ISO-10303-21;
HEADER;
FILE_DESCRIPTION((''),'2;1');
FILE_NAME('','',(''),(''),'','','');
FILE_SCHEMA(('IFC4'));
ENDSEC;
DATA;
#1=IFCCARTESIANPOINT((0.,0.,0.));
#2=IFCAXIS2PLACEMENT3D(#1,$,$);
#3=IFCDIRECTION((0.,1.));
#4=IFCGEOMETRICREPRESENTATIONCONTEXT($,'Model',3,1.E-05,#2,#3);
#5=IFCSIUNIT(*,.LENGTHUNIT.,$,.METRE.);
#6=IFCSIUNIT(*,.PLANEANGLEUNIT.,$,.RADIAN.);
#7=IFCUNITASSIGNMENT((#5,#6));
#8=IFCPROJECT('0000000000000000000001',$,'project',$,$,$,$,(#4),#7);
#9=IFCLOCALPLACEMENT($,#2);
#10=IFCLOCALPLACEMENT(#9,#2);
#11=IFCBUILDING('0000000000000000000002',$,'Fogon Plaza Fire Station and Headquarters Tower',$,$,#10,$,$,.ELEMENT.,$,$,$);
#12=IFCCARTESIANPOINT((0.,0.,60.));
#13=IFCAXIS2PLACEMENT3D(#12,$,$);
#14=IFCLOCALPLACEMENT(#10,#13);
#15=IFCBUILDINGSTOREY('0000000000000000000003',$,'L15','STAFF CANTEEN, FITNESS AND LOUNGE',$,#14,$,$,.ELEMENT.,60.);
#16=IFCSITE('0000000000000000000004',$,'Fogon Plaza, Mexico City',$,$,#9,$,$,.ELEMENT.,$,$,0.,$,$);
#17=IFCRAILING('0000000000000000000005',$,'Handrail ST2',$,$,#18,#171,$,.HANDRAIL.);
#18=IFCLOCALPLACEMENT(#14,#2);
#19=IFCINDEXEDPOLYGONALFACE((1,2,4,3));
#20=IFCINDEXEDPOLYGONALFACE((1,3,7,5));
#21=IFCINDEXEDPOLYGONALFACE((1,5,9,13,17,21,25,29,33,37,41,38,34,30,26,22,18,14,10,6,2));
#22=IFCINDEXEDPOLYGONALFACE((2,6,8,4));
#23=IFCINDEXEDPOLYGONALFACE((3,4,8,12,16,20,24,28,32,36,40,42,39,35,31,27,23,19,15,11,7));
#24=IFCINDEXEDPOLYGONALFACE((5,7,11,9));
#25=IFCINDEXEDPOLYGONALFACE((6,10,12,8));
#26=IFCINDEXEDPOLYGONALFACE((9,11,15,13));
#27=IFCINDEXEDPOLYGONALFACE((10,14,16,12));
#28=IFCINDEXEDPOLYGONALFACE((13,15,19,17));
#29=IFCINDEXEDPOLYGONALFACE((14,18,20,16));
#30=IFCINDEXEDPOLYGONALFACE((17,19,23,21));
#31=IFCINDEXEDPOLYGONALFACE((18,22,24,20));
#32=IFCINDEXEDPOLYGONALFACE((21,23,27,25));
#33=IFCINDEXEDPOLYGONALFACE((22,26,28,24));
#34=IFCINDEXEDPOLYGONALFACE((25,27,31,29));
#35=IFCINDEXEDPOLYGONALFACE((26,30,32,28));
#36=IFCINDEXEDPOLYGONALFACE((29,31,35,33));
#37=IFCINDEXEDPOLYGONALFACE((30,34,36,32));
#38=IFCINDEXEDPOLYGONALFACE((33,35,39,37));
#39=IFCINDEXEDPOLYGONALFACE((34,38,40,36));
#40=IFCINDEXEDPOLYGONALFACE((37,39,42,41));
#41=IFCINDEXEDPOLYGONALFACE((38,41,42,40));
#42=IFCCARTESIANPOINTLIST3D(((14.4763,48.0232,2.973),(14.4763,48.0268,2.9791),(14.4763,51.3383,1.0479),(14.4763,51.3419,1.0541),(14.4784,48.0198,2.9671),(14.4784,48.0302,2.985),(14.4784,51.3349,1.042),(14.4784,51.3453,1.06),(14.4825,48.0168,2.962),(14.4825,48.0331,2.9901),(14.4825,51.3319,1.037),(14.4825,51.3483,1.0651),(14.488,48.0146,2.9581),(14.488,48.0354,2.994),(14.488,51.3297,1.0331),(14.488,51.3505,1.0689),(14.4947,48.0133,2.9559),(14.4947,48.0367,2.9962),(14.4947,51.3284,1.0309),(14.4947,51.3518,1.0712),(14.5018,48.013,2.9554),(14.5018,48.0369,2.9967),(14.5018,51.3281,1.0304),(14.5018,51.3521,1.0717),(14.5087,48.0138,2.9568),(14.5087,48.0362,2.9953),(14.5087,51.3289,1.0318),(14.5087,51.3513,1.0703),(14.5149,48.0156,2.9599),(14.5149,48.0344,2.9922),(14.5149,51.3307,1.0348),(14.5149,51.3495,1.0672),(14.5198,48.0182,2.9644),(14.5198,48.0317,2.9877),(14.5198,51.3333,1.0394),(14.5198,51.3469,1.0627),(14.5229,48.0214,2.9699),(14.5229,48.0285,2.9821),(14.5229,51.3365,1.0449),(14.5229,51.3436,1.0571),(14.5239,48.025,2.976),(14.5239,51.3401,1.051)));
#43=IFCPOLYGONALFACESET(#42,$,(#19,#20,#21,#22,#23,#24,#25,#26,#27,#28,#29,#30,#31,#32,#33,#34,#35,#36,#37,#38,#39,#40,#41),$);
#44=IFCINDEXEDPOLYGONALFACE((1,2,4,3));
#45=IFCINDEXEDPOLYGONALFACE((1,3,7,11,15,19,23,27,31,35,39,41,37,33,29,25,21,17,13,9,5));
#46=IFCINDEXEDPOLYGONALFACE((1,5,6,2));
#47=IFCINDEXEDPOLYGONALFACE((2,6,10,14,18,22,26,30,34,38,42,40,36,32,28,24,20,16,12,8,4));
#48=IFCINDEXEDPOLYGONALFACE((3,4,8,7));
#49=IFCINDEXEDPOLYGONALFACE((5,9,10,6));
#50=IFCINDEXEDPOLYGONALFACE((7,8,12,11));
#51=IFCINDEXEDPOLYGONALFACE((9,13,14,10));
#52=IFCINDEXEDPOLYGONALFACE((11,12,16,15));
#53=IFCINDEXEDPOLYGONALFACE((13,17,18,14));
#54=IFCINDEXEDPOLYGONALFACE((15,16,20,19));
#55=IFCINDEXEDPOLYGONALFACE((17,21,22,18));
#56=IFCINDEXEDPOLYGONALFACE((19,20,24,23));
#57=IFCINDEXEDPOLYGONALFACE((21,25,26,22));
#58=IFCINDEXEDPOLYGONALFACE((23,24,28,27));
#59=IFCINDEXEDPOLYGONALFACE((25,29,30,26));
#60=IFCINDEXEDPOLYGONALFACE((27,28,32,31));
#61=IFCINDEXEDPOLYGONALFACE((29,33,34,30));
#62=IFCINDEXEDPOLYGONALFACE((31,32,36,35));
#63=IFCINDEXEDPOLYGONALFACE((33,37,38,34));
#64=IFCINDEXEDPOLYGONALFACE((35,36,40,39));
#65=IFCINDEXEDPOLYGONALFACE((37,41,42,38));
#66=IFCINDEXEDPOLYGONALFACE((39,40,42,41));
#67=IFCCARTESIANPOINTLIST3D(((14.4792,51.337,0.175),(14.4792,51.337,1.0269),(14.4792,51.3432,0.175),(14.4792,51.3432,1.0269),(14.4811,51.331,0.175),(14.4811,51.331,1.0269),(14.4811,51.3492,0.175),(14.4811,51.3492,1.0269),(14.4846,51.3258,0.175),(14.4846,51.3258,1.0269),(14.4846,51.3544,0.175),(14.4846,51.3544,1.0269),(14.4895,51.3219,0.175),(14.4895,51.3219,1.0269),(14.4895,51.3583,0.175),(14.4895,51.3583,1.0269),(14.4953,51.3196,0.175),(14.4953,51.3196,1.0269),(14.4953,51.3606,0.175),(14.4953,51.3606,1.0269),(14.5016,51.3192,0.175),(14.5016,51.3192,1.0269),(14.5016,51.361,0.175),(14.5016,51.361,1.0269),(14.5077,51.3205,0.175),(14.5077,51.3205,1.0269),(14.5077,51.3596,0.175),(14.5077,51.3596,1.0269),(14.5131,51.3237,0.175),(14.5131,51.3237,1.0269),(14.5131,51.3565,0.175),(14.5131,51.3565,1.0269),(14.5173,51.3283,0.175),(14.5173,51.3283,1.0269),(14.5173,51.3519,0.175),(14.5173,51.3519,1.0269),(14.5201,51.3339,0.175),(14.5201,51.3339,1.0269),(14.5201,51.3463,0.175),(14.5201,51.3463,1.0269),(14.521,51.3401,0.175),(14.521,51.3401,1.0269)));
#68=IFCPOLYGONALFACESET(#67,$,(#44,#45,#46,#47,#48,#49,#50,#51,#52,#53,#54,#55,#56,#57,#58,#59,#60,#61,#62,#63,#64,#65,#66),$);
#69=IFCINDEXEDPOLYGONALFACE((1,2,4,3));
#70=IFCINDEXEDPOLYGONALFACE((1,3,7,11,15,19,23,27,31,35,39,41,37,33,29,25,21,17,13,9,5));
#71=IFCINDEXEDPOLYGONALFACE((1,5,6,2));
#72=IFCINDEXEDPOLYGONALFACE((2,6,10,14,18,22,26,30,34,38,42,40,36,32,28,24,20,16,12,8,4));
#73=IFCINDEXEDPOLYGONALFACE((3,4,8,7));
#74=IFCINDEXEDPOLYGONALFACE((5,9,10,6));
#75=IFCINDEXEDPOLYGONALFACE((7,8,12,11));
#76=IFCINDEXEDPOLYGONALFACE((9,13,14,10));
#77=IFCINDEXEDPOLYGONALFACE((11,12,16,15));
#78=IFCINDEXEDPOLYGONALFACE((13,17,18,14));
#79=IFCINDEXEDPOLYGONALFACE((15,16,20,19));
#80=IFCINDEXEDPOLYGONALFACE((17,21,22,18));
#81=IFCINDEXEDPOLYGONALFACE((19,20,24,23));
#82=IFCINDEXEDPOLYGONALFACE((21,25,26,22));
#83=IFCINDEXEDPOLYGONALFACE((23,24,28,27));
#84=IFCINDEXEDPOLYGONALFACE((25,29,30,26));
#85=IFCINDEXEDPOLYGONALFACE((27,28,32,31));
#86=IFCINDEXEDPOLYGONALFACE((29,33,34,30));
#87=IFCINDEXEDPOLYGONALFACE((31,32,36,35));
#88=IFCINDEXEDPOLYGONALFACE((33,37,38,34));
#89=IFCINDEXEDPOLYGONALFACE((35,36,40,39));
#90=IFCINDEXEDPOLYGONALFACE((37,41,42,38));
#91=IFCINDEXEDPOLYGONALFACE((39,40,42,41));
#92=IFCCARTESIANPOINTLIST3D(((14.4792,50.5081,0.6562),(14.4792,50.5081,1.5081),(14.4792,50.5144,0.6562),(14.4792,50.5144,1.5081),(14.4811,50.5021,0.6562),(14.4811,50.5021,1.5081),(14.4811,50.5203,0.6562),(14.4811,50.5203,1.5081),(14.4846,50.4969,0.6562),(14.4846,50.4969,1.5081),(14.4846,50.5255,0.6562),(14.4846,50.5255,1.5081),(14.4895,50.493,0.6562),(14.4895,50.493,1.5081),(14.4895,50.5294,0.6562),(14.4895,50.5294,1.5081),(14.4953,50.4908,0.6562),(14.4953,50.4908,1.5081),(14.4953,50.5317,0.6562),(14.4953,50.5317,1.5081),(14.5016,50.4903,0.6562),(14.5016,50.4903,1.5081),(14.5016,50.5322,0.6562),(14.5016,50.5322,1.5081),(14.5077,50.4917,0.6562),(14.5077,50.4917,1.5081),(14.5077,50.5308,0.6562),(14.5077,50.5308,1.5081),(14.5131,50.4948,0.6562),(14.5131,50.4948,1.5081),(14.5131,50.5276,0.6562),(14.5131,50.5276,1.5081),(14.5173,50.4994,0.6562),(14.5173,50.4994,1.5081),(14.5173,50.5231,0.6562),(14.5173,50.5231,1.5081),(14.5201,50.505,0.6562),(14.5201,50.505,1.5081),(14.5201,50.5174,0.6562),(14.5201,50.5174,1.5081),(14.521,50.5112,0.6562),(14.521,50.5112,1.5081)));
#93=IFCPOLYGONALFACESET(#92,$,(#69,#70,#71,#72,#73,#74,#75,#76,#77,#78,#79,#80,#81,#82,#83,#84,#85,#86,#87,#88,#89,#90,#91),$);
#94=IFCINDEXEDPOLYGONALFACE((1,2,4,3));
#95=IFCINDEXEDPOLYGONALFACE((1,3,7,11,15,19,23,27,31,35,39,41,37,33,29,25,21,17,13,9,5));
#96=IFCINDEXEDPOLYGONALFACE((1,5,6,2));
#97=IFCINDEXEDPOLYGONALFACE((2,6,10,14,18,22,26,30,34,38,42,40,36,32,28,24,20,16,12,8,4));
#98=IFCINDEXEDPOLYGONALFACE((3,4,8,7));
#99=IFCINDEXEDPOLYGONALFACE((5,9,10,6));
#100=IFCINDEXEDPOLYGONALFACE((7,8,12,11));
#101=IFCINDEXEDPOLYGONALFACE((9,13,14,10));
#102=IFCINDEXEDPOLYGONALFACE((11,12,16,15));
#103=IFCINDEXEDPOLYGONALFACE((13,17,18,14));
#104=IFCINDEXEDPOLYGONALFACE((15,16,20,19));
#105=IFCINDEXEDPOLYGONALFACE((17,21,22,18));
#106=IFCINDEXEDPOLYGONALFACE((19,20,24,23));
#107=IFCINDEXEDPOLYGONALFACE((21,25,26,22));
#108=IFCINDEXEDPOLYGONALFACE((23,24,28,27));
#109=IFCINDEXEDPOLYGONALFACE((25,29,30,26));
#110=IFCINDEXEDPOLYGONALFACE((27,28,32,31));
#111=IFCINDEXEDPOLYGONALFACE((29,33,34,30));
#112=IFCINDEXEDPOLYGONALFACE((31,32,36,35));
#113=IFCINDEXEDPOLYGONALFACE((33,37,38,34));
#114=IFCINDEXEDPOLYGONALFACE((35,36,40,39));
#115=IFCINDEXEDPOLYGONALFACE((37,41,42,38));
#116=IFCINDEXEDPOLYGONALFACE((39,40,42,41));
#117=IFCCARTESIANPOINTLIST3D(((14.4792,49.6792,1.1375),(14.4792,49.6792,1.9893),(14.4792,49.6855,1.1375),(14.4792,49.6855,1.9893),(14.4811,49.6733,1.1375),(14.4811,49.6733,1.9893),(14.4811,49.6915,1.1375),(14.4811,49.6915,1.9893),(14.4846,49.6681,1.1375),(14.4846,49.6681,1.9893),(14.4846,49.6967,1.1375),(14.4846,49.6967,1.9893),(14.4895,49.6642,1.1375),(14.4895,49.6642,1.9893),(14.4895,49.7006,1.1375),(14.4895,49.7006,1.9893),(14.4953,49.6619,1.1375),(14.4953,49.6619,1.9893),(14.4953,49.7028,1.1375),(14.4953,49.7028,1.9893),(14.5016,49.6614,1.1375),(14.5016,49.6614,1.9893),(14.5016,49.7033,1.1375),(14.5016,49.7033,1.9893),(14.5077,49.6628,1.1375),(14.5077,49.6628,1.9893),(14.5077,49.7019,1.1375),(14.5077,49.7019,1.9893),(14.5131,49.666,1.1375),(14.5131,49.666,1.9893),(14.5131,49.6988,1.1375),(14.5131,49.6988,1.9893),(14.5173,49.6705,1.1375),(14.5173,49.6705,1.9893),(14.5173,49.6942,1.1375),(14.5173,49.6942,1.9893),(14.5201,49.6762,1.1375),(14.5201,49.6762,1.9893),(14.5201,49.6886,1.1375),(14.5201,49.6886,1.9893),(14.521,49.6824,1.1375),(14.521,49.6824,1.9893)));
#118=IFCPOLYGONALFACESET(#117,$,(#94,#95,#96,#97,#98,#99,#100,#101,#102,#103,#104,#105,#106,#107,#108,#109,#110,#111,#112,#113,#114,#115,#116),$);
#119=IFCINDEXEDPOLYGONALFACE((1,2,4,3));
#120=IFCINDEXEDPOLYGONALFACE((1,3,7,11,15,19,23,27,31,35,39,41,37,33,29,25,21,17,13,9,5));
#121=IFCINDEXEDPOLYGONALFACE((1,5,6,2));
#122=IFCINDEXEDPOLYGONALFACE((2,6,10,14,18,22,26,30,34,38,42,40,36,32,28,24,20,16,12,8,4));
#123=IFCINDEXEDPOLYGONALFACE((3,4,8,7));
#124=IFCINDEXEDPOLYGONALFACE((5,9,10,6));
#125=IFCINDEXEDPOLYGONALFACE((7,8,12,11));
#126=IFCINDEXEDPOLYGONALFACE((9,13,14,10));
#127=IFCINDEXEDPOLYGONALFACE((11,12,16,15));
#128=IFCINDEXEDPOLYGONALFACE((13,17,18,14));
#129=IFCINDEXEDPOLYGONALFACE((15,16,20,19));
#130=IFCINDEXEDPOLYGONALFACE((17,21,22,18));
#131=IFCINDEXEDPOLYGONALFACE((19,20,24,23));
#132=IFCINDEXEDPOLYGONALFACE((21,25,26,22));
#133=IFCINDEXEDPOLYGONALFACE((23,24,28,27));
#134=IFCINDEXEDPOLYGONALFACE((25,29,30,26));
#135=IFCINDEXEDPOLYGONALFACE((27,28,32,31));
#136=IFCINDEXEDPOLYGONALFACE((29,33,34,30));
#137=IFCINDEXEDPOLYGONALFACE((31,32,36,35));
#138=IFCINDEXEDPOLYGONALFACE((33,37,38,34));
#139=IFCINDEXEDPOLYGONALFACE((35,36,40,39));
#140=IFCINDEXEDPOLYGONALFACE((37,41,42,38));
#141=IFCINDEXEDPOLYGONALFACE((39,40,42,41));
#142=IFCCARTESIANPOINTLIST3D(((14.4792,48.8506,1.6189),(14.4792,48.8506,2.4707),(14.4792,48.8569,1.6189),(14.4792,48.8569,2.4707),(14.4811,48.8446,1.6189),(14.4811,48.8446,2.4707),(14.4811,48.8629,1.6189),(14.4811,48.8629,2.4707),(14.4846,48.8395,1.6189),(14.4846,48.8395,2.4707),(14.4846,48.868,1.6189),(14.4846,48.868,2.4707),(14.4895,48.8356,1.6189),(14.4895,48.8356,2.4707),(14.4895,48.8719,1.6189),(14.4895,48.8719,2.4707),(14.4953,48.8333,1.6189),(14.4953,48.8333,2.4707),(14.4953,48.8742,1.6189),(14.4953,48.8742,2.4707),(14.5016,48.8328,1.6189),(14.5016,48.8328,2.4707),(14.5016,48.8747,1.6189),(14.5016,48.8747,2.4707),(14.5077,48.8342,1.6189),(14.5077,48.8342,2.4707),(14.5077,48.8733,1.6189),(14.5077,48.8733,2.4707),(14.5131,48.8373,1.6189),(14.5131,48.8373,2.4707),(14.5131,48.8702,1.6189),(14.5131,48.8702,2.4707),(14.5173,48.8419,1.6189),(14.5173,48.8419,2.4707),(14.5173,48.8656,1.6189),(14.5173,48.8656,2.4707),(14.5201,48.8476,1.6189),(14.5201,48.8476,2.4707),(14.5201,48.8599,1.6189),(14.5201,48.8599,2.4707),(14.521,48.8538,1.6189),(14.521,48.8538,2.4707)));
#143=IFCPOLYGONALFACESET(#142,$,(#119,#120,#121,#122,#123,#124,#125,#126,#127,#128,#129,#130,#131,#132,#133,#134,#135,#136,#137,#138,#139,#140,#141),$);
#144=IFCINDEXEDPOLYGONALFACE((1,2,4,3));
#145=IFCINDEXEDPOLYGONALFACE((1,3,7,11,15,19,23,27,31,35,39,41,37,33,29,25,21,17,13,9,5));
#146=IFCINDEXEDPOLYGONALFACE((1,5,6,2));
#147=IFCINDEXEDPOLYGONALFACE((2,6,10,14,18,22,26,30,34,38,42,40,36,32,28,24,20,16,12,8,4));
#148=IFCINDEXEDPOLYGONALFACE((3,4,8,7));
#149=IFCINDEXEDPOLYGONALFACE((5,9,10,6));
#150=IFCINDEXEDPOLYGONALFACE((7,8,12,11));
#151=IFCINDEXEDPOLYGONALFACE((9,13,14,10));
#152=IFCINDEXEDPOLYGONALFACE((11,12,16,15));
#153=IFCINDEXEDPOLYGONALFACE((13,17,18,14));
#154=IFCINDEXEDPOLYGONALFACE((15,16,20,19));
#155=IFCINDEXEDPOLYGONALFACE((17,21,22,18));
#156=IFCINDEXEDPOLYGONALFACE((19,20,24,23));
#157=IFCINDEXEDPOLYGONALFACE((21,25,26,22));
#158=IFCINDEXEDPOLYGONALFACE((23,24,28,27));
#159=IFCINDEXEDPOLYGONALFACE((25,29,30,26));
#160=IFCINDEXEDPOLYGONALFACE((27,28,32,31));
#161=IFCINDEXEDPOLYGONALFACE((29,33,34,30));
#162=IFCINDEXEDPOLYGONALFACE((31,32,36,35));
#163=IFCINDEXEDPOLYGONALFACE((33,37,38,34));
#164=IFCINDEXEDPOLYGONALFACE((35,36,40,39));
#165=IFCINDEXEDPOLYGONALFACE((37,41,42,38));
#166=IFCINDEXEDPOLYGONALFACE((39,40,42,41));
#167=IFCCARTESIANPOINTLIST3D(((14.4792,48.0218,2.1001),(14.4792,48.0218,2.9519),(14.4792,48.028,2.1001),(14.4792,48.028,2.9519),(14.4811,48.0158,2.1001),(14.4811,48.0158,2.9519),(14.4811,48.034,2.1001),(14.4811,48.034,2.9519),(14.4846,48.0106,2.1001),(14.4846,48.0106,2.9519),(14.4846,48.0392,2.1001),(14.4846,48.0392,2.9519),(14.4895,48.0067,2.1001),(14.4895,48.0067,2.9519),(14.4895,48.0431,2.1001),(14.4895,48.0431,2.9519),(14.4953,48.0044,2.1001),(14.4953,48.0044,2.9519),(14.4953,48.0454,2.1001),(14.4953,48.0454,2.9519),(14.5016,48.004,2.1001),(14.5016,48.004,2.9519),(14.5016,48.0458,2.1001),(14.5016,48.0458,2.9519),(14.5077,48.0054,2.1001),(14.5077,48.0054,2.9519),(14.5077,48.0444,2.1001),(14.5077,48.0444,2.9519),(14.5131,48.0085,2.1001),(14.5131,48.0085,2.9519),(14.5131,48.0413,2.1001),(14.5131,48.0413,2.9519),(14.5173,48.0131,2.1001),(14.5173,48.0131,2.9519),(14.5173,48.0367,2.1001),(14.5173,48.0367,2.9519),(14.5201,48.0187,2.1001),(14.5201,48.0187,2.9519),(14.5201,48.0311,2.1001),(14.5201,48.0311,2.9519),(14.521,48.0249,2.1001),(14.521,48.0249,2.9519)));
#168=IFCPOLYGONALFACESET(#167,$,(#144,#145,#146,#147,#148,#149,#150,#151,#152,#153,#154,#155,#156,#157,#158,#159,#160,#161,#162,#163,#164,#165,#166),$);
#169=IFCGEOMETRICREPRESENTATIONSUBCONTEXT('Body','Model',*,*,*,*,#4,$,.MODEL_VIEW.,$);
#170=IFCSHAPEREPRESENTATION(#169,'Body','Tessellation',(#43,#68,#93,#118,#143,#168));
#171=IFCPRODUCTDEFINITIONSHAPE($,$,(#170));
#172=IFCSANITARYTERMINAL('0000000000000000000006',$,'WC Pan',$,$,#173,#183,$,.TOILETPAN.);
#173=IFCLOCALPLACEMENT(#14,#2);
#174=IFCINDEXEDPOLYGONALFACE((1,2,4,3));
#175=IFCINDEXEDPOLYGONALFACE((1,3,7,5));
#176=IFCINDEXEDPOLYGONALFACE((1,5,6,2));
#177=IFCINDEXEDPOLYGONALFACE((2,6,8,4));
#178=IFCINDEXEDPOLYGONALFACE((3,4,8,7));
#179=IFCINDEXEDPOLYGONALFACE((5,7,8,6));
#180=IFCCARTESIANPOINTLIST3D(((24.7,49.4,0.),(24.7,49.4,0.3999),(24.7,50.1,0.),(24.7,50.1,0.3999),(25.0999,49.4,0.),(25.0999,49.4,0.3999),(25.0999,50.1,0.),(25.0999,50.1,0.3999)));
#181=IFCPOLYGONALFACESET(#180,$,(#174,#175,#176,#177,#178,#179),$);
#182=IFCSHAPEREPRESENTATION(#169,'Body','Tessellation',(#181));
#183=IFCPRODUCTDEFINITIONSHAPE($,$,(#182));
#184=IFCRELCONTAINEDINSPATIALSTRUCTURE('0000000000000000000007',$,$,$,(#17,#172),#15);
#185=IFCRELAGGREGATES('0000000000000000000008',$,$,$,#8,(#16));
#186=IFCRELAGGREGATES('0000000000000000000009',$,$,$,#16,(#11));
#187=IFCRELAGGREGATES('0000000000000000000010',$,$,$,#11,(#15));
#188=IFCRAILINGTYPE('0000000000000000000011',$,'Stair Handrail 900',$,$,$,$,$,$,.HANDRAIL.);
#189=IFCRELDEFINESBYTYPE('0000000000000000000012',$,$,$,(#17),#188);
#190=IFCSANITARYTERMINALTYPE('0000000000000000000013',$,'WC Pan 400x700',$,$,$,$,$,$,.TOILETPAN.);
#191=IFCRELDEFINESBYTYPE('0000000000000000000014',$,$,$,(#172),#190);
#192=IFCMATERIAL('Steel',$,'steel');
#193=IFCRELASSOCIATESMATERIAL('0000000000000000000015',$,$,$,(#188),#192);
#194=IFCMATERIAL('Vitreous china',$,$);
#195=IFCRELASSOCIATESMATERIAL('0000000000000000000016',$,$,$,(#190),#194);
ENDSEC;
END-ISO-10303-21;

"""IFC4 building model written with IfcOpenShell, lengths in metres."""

from ifc_helpers import new_model, si_unit, direction, frame, origin, origin_2d, place, context, subcontext, project, spatial, rectangle, circle, extrude, material, type_object, element, save


model = new_model("IFC4")

# Units and contexts
model_context = context("Model", 3, precision=1e-05, world=origin(), true_north=direction((0.0, 1.0)))
body_context = subcontext(model_context, "Body", "Model", "MODEL_VIEW")
ifc_project = project(units=[si_unit("LENGTHUNIT", "METRE"), si_unit("PLANEANGLEUNIT", "RADIAN")], contexts=[model_context])

# Site, building, storey
site_placement = place(None, origin())
site = spatial("IfcSite", under=ifc_project, at=site_placement, Name="Fogon Plaza, Mexico City", CompositionType="ELEMENT", RefElevation=0.0)
building_placement = place(site_placement, origin())
building = spatial("IfcBuilding", under=site, at=building_placement, Name="Fogon Plaza Fire Station and Headquarters Tower", CompositionType="ELEMENT")
storey_placement = place(building_placement, frame((0.0, 0.0, 60.0)))
storey = spatial("IfcBuildingStorey", under=building, at=storey_placement, Name="L15", Description="STAFF CANTEEN, FITNESS AND LOUNGE", CompositionType="ELEMENT", Elevation=60.0)

# Railing
ifc_material_1 = material(Name="Steel", Category="steel")
railing_type = type_object("IfcRailingType", Name="Stair Handrail 900", PredefinedType="HANDRAIL", material=ifc_material_1)
for number, where, name in (
    (1, (14.5, 51.3401, 0.175), "Handrail ST2"),
):
    element("IfcRailing", number, at=place(storey_placement, frame(where)), inside=storey, type_object=railing_type, Name=name, PredefinedType="HANDRAIL", context=body_context, shape_type="SweptSolid", body=[
        extrude(circle(Radius=0.0239, at=origin_2d()), frame((0.0, 0.0, 0.876), z_axis=(0.0, -0.864777, 0.502155), x_axis=(1.0, 0.0, 0.0)), (0.0, 0.0, 1.0), 3.8335),
        extrude(circle(Radius=0.021, at=origin_2d()), origin(), (0.0, 0.0, 1.0), 0.8518),
        extrude(circle(Radius=0.021, at=origin_2d()), frame((0.0, -0.8289, 0.4812)), (0.0, 0.0, 1.0), 0.8518),
        extrude(circle(Radius=0.021, at=origin_2d()), frame((0.0, -1.6577, 0.9624)), (0.0, 0.0, 1.0), 0.8518),
        extrude(circle(Radius=0.021, at=origin_2d()), frame((0.0, -2.4863, 1.4438)), (0.0, 0.0, 1.0), 0.8518),
        extrude(circle(Radius=0.021, at=origin_2d()), frame((0.0, -3.3152, 1.925)), (0.0, 0.0, 1.0), 0.8518),
    ])

# Sanitary terminal
ifc_material_2 = material(Name="Vitreous china")
sanitary_terminal_type = type_object("IfcSanitaryTerminalType", Name="WC Pan 400x700", PredefinedType="TOILETPAN", material=ifc_material_2)
sanitary_terminal_placement = place(storey_placement, frame((24.8999, 49.75, 0.0), z_axis=(0.0, 0.0, 1.0), x_axis=(1.0, 0.0, 0.0)))
element("IfcSanitaryTerminal", 2, at=sanitary_terminal_placement, inside=storey, type_object=sanitary_terminal_type, Name="WC Pan", PredefinedType="TOILETPAN", context=body_context, shape_type="SweptSolid", body=[
    extrude(rectangle(XDim=0.3999, YDim=0.7, at=origin_2d()), origin(), (0.0, 0.0, 1.0), 0.3999),
])

save(model, "model.ifc")
